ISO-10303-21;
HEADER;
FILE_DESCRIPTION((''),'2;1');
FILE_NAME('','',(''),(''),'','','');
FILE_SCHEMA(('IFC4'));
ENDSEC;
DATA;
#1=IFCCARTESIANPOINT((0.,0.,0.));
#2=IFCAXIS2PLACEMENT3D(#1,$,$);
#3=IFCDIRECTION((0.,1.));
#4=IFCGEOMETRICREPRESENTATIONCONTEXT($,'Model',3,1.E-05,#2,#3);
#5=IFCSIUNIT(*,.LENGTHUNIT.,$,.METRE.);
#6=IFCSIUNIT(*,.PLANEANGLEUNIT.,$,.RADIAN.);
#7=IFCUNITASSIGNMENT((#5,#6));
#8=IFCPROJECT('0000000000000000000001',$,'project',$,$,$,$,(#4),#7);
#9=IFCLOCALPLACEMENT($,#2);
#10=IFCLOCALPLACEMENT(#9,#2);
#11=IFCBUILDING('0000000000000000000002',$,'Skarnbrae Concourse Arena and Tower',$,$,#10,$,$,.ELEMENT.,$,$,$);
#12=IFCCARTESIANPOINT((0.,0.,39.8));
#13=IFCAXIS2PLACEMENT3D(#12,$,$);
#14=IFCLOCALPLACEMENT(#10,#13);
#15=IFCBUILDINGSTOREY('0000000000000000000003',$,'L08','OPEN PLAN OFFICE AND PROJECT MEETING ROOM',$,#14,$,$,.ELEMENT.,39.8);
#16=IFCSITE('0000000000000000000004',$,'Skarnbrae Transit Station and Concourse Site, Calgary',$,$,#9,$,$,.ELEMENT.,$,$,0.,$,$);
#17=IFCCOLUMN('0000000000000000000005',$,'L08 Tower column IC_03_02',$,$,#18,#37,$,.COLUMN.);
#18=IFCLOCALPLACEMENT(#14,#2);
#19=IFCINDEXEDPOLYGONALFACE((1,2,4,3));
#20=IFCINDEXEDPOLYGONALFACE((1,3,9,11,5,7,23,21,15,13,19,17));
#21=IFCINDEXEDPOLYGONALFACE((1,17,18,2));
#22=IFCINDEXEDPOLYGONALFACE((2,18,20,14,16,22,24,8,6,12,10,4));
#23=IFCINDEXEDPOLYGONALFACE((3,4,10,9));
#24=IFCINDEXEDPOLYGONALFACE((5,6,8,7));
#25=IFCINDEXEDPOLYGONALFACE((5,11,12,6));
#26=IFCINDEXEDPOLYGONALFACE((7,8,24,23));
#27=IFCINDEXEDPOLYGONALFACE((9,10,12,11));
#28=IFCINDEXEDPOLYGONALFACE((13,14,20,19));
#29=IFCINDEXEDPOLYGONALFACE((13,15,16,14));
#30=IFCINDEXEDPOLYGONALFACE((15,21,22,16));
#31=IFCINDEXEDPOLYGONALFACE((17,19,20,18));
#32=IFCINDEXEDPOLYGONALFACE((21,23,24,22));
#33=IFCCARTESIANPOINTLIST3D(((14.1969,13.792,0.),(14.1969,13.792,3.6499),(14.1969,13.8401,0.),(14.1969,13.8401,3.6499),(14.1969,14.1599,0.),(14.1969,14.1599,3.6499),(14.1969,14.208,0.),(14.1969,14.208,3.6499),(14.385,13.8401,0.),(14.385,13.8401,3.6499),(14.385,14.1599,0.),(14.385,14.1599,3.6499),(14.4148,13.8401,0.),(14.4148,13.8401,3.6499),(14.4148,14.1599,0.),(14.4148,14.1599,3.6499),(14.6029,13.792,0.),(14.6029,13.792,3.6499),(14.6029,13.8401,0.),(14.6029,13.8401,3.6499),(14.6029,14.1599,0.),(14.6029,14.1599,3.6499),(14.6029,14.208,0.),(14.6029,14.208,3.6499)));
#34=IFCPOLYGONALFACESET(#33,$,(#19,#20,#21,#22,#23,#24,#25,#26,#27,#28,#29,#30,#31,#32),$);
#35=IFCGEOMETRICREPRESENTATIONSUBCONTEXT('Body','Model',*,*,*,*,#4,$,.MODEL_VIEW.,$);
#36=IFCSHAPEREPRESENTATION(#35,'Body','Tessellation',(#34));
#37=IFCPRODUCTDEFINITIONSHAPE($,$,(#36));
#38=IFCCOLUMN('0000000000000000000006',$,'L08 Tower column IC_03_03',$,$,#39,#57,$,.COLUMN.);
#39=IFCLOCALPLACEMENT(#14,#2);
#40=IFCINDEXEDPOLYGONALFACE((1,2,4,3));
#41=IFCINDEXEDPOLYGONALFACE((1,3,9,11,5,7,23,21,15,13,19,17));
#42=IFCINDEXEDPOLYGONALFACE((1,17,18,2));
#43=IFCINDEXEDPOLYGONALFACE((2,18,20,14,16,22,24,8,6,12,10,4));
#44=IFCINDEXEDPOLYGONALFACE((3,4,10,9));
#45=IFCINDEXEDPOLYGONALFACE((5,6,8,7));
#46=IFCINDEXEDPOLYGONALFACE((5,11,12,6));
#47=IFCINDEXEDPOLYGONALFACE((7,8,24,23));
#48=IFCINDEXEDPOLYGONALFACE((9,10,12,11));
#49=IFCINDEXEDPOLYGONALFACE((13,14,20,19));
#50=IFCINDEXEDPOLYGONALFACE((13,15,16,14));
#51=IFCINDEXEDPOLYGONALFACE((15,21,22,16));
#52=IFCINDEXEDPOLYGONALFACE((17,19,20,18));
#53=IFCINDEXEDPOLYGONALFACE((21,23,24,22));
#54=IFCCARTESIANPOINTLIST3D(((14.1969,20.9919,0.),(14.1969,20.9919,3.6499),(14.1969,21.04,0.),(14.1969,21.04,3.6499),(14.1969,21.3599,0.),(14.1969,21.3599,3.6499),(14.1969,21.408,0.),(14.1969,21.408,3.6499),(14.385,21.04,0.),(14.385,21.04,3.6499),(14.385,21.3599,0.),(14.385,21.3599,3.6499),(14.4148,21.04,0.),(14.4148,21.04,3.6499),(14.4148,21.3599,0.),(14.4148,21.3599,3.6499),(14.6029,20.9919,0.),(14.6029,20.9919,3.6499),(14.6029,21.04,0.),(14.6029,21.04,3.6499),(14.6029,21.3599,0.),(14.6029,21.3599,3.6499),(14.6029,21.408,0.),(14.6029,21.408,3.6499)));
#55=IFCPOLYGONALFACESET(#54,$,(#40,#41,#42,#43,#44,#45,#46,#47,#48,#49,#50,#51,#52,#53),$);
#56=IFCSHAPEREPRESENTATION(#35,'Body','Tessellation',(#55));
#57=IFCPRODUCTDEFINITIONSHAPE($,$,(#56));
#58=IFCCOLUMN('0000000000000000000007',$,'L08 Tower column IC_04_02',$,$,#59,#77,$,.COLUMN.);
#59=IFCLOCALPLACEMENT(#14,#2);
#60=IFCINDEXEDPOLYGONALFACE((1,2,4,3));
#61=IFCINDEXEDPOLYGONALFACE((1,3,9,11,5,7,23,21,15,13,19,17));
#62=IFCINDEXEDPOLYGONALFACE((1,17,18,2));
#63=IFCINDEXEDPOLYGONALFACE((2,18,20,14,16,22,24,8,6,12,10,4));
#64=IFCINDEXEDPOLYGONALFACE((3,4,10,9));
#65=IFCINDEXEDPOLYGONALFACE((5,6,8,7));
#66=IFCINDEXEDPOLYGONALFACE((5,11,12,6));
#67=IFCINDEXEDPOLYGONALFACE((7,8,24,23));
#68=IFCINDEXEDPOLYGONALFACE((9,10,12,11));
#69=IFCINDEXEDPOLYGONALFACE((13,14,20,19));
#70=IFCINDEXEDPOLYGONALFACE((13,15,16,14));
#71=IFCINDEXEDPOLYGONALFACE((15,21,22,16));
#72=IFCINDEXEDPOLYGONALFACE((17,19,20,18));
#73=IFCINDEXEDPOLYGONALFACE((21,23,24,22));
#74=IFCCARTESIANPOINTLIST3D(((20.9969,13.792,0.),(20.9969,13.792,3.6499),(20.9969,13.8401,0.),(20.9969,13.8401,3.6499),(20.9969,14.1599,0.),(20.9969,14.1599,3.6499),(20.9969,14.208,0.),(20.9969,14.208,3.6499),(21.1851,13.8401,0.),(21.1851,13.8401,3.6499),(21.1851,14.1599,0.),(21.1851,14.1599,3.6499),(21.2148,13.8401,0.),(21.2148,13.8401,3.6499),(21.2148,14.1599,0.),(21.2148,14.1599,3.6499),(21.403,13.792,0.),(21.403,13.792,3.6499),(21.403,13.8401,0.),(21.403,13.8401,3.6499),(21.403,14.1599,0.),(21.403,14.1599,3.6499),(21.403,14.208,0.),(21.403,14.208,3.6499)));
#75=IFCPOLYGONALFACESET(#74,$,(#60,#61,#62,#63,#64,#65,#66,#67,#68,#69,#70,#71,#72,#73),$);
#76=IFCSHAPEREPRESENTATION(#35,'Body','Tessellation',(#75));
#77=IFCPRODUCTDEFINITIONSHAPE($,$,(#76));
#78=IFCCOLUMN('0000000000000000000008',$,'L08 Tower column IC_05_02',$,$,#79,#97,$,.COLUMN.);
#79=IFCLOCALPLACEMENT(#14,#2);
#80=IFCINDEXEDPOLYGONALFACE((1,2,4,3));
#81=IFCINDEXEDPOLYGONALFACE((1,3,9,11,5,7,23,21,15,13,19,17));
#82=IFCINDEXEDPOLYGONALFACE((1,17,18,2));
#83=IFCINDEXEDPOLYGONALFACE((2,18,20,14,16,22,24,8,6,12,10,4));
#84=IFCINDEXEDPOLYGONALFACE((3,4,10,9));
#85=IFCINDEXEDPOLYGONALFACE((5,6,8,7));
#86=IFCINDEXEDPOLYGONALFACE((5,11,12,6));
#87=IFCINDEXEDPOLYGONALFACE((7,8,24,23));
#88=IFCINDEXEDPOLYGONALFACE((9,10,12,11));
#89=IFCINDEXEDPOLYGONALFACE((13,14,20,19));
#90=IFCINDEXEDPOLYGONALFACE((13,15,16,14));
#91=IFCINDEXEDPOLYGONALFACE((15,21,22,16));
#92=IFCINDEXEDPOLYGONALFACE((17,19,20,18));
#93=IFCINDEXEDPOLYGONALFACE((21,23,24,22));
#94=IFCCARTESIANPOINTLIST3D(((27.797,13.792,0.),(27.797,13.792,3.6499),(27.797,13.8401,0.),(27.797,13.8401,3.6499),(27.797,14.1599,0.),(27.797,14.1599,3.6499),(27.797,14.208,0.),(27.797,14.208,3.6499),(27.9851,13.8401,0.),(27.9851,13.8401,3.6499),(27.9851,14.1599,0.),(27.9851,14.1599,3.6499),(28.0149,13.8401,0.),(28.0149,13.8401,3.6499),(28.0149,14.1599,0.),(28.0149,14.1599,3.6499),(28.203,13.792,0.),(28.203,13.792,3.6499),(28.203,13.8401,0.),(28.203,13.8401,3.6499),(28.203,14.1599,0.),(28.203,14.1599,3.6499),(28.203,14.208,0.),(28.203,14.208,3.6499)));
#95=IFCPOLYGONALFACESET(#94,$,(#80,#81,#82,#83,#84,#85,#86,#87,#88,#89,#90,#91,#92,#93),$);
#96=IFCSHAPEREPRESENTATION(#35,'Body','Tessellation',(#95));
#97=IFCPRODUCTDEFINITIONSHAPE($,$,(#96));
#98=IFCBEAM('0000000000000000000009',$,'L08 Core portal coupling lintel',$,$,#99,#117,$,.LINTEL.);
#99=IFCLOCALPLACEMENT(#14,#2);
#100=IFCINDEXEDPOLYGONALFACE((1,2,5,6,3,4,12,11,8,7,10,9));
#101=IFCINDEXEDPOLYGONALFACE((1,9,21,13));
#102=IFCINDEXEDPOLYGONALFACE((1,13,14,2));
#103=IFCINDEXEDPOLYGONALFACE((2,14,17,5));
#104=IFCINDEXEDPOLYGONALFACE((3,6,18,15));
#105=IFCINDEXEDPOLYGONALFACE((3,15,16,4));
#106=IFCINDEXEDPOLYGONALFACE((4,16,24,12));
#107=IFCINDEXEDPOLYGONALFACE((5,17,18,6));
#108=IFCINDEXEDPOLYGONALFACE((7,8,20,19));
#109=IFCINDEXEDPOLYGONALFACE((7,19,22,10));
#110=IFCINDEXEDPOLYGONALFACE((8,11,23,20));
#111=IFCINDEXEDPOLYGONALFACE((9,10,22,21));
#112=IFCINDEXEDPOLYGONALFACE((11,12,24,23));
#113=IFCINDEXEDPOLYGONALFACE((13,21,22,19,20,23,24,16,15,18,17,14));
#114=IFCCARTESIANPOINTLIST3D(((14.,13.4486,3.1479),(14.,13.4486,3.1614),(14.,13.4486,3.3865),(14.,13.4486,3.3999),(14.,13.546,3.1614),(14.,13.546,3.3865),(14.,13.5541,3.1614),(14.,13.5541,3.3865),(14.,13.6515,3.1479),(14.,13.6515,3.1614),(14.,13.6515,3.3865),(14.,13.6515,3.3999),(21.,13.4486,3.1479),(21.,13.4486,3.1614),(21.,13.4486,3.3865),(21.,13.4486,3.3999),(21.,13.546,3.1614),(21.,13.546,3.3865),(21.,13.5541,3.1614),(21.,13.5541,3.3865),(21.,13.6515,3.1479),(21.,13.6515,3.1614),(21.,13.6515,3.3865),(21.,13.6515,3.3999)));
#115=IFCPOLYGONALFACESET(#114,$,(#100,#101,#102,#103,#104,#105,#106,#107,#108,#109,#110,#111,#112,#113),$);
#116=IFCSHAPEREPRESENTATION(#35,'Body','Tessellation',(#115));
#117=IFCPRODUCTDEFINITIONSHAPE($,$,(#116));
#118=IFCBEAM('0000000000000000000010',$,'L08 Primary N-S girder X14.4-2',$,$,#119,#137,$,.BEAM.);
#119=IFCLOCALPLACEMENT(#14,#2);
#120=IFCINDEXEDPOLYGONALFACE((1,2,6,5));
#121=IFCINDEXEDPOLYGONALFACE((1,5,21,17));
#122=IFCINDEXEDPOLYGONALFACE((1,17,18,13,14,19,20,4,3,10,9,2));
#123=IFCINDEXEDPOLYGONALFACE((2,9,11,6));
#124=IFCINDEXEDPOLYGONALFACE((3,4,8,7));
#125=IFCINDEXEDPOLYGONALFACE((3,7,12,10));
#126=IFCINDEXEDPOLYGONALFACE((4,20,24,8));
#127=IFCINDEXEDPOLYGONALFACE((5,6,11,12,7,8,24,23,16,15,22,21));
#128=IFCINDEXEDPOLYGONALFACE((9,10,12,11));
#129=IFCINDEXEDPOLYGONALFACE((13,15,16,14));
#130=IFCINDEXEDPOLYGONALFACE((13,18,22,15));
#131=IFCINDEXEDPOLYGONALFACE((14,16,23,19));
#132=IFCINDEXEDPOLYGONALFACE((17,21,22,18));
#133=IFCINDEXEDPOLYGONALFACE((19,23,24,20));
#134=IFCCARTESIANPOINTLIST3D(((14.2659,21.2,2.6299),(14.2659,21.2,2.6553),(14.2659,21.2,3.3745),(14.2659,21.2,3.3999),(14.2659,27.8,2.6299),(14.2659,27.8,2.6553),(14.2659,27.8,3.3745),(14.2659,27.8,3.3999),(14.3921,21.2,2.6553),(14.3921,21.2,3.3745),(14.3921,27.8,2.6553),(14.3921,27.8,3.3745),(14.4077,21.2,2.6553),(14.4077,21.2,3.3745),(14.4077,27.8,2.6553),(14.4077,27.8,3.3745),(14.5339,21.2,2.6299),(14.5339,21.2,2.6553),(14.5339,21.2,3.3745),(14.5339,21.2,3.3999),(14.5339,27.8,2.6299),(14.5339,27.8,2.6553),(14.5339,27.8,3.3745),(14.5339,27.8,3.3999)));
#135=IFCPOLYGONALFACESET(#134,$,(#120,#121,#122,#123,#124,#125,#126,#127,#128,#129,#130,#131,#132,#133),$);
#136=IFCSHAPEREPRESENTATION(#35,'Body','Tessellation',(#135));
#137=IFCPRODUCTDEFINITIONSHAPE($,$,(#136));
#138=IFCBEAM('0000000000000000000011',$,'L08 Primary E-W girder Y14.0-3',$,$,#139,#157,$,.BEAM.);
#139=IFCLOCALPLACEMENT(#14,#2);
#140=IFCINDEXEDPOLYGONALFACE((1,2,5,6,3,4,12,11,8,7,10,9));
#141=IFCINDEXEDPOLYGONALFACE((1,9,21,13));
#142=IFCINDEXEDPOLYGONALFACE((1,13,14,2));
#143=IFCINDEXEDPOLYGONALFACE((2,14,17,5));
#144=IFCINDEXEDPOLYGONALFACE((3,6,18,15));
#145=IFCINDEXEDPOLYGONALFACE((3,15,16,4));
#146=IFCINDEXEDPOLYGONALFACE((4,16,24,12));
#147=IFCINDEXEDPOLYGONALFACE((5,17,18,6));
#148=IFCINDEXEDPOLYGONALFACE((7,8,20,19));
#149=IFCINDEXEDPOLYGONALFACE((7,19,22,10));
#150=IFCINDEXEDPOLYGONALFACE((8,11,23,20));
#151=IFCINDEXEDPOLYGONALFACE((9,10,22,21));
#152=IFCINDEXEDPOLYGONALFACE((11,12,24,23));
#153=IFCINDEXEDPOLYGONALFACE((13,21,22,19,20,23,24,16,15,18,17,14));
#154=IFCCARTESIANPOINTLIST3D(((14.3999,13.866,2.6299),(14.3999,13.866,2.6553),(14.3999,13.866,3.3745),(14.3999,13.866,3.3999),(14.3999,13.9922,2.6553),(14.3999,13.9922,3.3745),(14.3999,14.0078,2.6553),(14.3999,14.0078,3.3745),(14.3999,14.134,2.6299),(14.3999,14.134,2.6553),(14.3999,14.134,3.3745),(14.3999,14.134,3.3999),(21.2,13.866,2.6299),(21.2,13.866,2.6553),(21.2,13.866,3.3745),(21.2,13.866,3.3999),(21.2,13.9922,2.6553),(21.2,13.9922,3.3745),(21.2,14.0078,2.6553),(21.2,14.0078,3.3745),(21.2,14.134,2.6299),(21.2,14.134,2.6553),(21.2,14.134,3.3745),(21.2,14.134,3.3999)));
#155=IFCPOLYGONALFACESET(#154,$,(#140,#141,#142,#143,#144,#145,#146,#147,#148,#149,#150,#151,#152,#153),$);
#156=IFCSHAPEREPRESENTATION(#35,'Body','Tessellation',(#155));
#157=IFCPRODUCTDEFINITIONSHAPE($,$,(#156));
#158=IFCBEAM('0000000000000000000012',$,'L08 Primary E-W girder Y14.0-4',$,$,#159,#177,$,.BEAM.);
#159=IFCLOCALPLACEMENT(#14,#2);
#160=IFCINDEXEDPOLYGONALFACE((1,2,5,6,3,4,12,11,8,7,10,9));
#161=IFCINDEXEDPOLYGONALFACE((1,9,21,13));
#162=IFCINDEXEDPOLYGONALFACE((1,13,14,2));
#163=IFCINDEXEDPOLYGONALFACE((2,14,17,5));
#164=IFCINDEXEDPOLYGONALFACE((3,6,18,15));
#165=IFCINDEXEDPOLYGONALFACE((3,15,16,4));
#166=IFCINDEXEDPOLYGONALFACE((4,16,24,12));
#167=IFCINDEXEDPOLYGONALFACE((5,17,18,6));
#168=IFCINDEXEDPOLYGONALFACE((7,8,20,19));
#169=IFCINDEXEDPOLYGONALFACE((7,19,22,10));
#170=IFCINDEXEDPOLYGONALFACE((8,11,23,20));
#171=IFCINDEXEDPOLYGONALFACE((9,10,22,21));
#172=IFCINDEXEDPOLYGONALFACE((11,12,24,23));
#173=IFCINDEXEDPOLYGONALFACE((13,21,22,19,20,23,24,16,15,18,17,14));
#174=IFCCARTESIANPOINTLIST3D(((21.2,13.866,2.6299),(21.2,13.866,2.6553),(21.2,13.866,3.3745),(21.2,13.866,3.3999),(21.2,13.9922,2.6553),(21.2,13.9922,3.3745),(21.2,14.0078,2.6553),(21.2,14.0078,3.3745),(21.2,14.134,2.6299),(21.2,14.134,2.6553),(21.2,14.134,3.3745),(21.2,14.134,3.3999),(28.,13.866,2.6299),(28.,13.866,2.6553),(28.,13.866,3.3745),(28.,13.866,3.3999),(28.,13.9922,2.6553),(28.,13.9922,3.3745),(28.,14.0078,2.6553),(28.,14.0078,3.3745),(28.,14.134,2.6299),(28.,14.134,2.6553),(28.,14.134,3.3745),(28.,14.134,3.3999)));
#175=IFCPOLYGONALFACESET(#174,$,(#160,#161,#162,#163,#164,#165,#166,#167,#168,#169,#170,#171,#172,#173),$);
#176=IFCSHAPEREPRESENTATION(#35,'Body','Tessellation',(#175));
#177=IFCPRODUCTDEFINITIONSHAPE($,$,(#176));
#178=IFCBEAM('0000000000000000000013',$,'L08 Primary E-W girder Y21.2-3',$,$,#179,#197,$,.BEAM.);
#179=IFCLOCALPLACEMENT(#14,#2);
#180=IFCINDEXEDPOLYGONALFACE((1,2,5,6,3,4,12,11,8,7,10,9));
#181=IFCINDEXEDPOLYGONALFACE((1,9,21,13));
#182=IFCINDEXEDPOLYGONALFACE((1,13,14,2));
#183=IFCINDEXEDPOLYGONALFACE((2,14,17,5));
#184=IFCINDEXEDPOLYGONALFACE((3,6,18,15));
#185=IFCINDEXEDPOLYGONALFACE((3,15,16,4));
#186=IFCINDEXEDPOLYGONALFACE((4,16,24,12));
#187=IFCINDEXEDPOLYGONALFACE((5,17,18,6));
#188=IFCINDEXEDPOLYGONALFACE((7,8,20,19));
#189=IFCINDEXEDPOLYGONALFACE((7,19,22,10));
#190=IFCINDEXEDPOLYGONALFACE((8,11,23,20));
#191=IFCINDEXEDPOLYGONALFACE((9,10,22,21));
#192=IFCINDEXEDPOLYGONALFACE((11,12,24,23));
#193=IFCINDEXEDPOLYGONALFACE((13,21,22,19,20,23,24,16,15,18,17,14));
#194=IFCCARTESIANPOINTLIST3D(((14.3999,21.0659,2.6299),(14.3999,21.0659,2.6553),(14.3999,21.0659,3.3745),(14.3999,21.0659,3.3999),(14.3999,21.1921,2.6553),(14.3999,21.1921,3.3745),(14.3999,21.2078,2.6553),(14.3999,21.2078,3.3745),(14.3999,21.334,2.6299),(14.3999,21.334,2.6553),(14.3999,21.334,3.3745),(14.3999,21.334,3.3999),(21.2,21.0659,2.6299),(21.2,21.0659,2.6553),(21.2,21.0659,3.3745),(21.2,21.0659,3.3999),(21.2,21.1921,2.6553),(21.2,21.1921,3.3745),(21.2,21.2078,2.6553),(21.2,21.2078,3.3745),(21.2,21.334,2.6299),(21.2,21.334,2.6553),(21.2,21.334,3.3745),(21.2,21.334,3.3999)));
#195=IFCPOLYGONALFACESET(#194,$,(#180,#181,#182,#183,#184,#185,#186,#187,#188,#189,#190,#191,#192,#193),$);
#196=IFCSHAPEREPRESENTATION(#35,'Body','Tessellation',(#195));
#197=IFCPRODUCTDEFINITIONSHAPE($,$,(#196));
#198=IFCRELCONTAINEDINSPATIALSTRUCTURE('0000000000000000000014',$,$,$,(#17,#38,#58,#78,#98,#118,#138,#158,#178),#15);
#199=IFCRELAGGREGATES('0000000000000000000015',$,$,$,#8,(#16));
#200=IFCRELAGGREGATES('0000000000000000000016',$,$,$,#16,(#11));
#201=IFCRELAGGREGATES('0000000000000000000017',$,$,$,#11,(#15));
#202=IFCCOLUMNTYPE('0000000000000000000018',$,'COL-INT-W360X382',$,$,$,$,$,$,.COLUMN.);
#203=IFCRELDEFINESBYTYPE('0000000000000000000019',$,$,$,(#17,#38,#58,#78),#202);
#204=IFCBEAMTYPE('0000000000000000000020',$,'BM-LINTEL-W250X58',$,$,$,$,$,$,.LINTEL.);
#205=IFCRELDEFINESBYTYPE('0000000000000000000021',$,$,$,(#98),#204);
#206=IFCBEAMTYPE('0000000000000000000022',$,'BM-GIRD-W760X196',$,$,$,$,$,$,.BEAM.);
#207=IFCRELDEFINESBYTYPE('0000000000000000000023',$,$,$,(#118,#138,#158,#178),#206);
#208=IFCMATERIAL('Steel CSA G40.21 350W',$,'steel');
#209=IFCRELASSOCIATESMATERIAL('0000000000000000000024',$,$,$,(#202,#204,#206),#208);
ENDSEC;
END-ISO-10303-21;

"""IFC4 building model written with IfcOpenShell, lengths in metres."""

from ifc_helpers import new_model, si_unit, direction, frame, origin, origin_2d, place, context, subcontext, project, spatial, i_section, extrude, source, transform, mapped, material, material_profile, profile_set, type_object, element, save


model = new_model("IFC4")

# Units and contexts
model_context = context("Model", 3, precision=1e-05, world=origin(), true_north=direction((0.0, 1.0)))
body_context = subcontext(model_context, "Body", "Model", "MODEL_VIEW")
ifc_project = project(units=[si_unit("LENGTHUNIT", "METRE"), si_unit("PLANEANGLEUNIT", "RADIAN")], contexts=[model_context])

# Site, building, storey
site_placement = place(None, origin())
site = spatial("IfcSite", under=ifc_project, at=site_placement, Name="Skarnbrae Transit Station and Concourse Site, Calgary", CompositionType="ELEMENT", RefElevation=0.0)
building_placement = place(site_placement, origin())
building = spatial("IfcBuilding", under=site, at=building_placement, Name="Skarnbrae Concourse Arena and Tower", CompositionType="ELEMENT")
storey_placement = place(building_placement, frame((0.0, 0.0, 39.8)))
storey = spatial("IfcBuildingStorey", under=building, at=storey_placement, Name="L08", Description="OPEN PLAN OFFICE AND PROJECT MEETING ROOM", CompositionType="ELEMENT", Elevation=39.8)

# Columns
ifc_material_1 = material(Name="Steel CSA G40.21 350W", Category="steel")
ifc_material_profile_1 = material_profile(ifc_material_1, i_section(OverallWidth=0.406, OverallDepth=0.416, WebThickness=0.0298, FlangeThickness=0.0481, at=origin_2d()), Name="W360X382")
ifc_profile_set_1 = profile_set([ifc_material_profile_1], Name="Steel CSA G40.21 350W")
column_type = type_object("IfcColumnType", Name="COL-INT-W360X382", PredefinedType="COLUMN", material=ifc_profile_set_1)
shared_shape_1 = source(origin(), body_context, "Body", "SweptSolid", [
    extrude(i_section(OverallWidth=0.406, OverallDepth=0.416, WebThickness=0.0298, FlangeThickness=0.0481, at=origin_2d()), origin(), (0.0, 0.0, 1.0), 3.6499),
])
for number, where, z_axis, x_axis, name in (
    (1, (14.3999, 14.0, 0.0), (0.0, 0.0, 1.0), (1.0, 0.0, 0.0), "L08 Tower column IC_03_02"),
    (2, (14.3999, 21.2, 0.0), (0.0, 0.0, 1.0), (1.0, 0.0, 0.0), "L08 Tower column IC_03_03"),
    (3, (21.2, 14.0, 0.0), (0.0, 0.0, 1.0), (1.0, 0.0, 0.0), "L08 Tower column IC_04_02"),
    (4, (28.0, 14.0, 0.0), (0.0, 0.0, 1.0), (1.0, 0.0, 0.0), "L08 Tower column IC_05_02"),
):
    element("IfcColumn", number, at=place(storey_placement, frame(where, z_axis=z_axis, x_axis=x_axis)), inside=storey, type_object=column_type, Name=name, PredefinedType="COLUMN", context=body_context, shape_type="MappedRepresentation", body=[
        mapped(shared_shape_1, transform((0.0, 0.0, 0.0))),
    ])

# Beams
ifc_material_profile_2 = material_profile(ifc_material_1, i_section(OverallWidth=0.2029, OverallDepth=0.252, WebThickness=0.0081, FlangeThickness=0.0134, at=origin_2d()), Name="W250X58")
ifc_profile_set_2 = profile_set([ifc_material_profile_2], Name="Steel CSA G40.21 350W")
beam_type_1 = type_object("IfcBeamType", Name="BM-LINTEL-W250X58", PredefinedType="LINTEL", material=ifc_profile_set_2)
shared_shape_2 = source(origin(), body_context, "Body", "SweptSolid", [
    extrude(i_section(OverallWidth=0.2029, OverallDepth=0.252, WebThickness=0.0081, FlangeThickness=0.0134, at=origin_2d()), origin(), (0.0, 0.0, 1.0), 7.0),
])
beam_1_placement = place(storey_placement, frame((14.0, 13.55, 3.2739), z_axis=(1.0, 0.0, 0.0), x_axis=(0.0, 1.0, 0.0)))
element("IfcBeam", 5, at=beam_1_placement, inside=storey, type_object=beam_type_1, Name="L08 Core portal coupling lintel", PredefinedType="LINTEL", context=body_context, shape_type="MappedRepresentation", body=[
    mapped(shared_shape_2, transform((0.0, 0.0, 0.0))),
])
ifc_material_profile_3 = material_profile(ifc_material_1, i_section(OverallWidth=0.2681, OverallDepth=0.77, WebThickness=0.0156, FlangeThickness=0.0254, at=origin_2d()), Name="W760X196")
ifc_profile_set_3 = profile_set([ifc_material_profile_3], Name="Steel CSA G40.21 350W")
beam_type_2 = type_object("IfcBeamType", Name="BM-GIRD-W760X196", PredefinedType="BEAM", material=ifc_profile_set_3)
shared_shape_3 = source(origin(), body_context, "Body", "SweptSolid", [
    extrude(i_section(OverallWidth=0.2681, OverallDepth=0.77, WebThickness=0.0156, FlangeThickness=0.0254, at=origin_2d()), origin(), (0.0, 0.0, 1.0), 6.6001),
])
beam_2_placement = place(storey_placement, frame((14.3999, 21.2, 3.0149), z_axis=(0.0, 1.0, 0.0), x_axis=(-1.0, 0.0, 0.0)))
element("IfcBeam", 6, at=beam_2_placement, inside=storey, type_object=beam_type_2, Name="L08 Primary N-S girder X14.4-2", PredefinedType="BEAM", context=body_context, shape_type="MappedRepresentation", body=[
    mapped(shared_shape_3, transform((0.0, 0.0, 0.0))),
])
shared_shape_4 = source(origin(), body_context, "Body", "SweptSolid", [
    extrude(i_section(OverallWidth=0.2681, OverallDepth=0.77, WebThickness=0.0156, FlangeThickness=0.0254, at=origin_2d()), origin(), (0.0, 0.0, 1.0), 6.8),
])
for number, where, z_axis, x_axis, name in (
    (7, (14.3999, 14.0, 3.0149), (1.0, 0.0, 0.0), (0.0, 1.0, 0.0), "L08 Primary E-W girder Y14.0-3"),
    (8, (21.2, 14.0, 3.0149), (1.0, 0.0, 0.0), (0.0, 1.0, 0.0), "L08 Primary E-W girder Y14.0-4"),
    (9, (14.3999, 21.2, 3.0149), (1.0, 0.0, 0.0), (0.0, 1.0, 0.0), "L08 Primary E-W girder Y21.2-3"),
):
    element("IfcBeam", number, at=place(storey_placement, frame(where, z_axis=z_axis, x_axis=x_axis)), inside=storey, type_object=beam_type_2, Name=name, PredefinedType="BEAM", context=body_context, shape_type="MappedRepresentation", body=[
        mapped(shared_shape_4, transform((0.0, 0.0, 0.0))),
    ])

save(model, "model.ifc")
